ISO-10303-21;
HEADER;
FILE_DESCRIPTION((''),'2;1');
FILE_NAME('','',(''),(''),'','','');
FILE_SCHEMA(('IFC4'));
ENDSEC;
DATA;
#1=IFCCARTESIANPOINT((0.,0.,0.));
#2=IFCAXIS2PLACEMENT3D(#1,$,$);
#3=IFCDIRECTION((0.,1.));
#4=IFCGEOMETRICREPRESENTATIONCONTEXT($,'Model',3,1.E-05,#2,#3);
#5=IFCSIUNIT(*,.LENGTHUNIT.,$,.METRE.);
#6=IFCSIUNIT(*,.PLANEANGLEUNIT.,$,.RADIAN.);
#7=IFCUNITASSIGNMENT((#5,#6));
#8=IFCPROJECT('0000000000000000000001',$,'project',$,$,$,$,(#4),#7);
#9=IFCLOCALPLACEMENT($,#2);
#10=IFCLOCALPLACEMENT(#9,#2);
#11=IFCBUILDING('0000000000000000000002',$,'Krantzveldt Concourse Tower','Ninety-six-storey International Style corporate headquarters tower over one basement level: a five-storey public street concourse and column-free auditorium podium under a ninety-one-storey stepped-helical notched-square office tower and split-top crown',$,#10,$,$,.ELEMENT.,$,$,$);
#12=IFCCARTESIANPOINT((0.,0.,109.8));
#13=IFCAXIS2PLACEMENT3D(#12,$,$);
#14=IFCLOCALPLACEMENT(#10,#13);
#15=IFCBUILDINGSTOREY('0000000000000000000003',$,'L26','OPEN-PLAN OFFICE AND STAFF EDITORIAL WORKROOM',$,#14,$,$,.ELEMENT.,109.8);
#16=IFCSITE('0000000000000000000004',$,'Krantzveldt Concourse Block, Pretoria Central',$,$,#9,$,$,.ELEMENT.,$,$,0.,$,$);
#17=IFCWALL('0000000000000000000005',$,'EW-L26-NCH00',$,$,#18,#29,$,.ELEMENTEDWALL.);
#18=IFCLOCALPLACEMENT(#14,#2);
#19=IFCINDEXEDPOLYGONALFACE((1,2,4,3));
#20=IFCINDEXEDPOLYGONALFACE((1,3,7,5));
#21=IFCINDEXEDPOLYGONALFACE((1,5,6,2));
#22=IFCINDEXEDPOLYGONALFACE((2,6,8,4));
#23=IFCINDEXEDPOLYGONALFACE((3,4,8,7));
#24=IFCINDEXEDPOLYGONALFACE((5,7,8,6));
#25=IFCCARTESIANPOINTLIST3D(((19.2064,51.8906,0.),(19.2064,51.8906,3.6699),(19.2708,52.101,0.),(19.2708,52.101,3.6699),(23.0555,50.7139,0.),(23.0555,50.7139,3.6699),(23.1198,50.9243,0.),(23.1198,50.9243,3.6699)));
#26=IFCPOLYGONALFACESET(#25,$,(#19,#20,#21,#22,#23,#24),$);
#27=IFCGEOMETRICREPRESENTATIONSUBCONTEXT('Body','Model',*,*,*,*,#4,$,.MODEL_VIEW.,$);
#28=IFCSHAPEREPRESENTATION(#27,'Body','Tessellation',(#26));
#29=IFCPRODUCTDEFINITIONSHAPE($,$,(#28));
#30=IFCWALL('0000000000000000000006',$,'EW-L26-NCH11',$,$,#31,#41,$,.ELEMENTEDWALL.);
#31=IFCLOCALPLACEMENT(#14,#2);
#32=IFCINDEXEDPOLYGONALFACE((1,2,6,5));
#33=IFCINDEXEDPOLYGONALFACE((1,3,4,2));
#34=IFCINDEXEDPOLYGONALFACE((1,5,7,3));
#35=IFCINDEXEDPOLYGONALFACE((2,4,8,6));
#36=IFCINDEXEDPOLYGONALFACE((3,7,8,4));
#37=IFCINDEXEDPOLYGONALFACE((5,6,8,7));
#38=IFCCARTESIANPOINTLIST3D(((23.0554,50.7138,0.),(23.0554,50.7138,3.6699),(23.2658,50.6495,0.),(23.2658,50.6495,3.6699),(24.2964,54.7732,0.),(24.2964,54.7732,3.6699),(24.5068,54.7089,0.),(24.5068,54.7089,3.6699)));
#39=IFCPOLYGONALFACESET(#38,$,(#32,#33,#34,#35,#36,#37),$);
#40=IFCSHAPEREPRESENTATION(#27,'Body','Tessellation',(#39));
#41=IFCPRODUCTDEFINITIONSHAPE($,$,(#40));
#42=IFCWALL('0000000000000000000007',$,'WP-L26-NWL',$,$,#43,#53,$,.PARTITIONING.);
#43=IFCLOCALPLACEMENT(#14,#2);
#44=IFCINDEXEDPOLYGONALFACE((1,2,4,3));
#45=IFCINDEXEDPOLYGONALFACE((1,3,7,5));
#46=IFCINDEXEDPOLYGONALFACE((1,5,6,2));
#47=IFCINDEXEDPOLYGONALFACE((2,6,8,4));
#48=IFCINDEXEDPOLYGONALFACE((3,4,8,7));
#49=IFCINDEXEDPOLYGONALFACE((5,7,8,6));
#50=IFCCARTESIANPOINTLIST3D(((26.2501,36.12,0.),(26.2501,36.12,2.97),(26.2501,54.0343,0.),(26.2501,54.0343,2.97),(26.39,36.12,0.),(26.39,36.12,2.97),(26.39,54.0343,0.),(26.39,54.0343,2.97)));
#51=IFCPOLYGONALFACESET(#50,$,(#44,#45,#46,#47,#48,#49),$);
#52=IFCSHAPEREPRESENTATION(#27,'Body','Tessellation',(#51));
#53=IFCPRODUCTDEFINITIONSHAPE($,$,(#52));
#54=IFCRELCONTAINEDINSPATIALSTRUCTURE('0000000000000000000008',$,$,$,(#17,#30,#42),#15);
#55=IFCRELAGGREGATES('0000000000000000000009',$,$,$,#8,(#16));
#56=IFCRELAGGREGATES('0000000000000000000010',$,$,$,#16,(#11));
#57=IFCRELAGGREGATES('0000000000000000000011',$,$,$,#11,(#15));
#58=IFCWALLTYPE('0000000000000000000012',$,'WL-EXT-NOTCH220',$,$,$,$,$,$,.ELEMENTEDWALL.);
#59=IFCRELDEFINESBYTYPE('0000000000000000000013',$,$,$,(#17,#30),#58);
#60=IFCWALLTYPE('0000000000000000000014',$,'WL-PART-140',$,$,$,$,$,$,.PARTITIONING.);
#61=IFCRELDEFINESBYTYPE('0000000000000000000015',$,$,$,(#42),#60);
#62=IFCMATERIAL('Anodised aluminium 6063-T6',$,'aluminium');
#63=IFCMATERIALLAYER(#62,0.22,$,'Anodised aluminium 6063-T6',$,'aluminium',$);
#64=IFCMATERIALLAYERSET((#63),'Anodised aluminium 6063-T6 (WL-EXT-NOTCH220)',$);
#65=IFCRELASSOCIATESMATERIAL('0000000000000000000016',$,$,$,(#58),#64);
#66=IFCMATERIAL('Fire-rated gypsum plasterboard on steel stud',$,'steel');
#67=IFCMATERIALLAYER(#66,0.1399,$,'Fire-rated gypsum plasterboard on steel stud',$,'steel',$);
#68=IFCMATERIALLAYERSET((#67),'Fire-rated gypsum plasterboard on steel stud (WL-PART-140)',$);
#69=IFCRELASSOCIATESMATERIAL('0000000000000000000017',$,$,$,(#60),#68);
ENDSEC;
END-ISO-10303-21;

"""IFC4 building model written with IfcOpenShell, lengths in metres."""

from ifc_helpers import new_model, si_unit, direction, frame, frame_2d, origin, place, context, subcontext, project, spatial, rectangle, extrude, material, layer, layer_set, type_object, element, save


model = new_model("IFC4")

# Units and contexts
model_context = context("Model", 3, precision=1e-05, world=origin(), true_north=direction((0.0, 1.0)))
body_context = subcontext(model_context, "Body", "Model", "MODEL_VIEW")
ifc_project = project(units=[si_unit("LENGTHUNIT", "METRE"), si_unit("PLANEANGLEUNIT", "RADIAN")], contexts=[model_context])

# Site, building, storey
site_placement = place(None, origin())
site = spatial("IfcSite", under=ifc_project, at=site_placement, Name="Krantzveldt Concourse Block, Pretoria Central", CompositionType="ELEMENT", RefElevation=0.0)
building_placement = place(site_placement, origin())
building = spatial("IfcBuilding", under=site, at=building_placement, Name="Krantzveldt Concourse Tower", Description="Ninety-six-storey International Style corporate headquarters tower over one basement level: a five-storey public street concourse and column-free auditorium podium under a ninety-one-storey stepped-helical notched-square office tower and split-top crown", CompositionType="ELEMENT")
storey_placement = place(building_placement, frame((0.0, 0.0, 109.8)))
storey = spatial("IfcBuildingStorey", under=building, at=storey_placement, Name="L26", Description="OPEN-PLAN OFFICE AND STAFF EDITORIAL WORKROOM", CompositionType="ELEMENT", Elevation=109.8)

# Shared definitions
ifc_material_1 = material(Name="Anodised aluminium 6063-T6", Category="aluminium")

# Walls
ifc_layer_1 = layer(ifc_material_1, 0.22, Name="Anodised aluminium 6063-T6", Category="aluminium")
ifc_layer_set_1 = layer_set([ifc_layer_1], Name="Anodised aluminium 6063-T6 (WL-EXT-NOTCH220)")
wall_type_1 = type_object("IfcWallType", Name="WL-EXT-NOTCH220", PredefinedType="ELEMENTEDWALL", material=ifc_layer_set_1)
wall_1_placement = place(storey_placement, frame((23.0876, 50.8191, 0.0), z_axis=(0.0, 0.0, 1.0), x_axis=(-0.956307, 0.292363, 0.0)))
element("IfcWall", 1, at=wall_1_placement, inside=storey, type_object=wall_type_1, Name="EW-L26-NCH00", PredefinedType="ELEMENTEDWALL", context=body_context, shape_type="SweptSolid", body=[
    extrude(rectangle(XDim=4.0249, YDim=0.22, at=frame_2d((2.0125, 0.0))), origin(), (0.0, 0.0, 1.0), 3.6699),
])
wall_2_placement = place(storey_placement, frame((24.4016, 54.7412, 0.0), z_axis=(0.0, 0.0, 1.0), x_axis=(-0.292352, -0.956311, 0.0)))
element("IfcWall", 2, at=wall_2_placement, inside=storey, type_object=wall_type_1, Name="EW-L26-NCH11", PredefinedType="ELEMENTEDWALL", context=body_context, shape_type="SweptSolid", body=[
    extrude(rectangle(XDim=4.2449, YDim=0.22, at=frame_2d((2.1226, 0.0))), origin(), (0.0, 0.0, 1.0), 3.6699),
])
ifc_material_2 = material(Name="Fire-rated gypsum plasterboard on steel stud", Category="steel")
ifc_layer_2 = layer(ifc_material_2, 0.1399, Name="Fire-rated gypsum plasterboard on steel stud", Category="steel")
ifc_layer_set_2 = layer_set([ifc_layer_2], Name="Fire-rated gypsum plasterboard on steel stud (WL-PART-140)")
wall_type_2 = type_object("IfcWallType", Name="WL-PART-140", PredefinedType="PARTITIONING", material=ifc_layer_set_2)
wall_3_placement = place(storey_placement, frame((26.3201, 36.1201, 0.0), z_axis=(0.0, 0.0, 1.0), x_axis=(0.0, 1.0, 0.0)))
element("IfcWall", 3, at=wall_3_placement, inside=storey, type_object=wall_type_2, Name="WP-L26-NWL", PredefinedType="PARTITIONING", context=body_context, shape_type="SweptSolid", body=[
    extrude(rectangle(XDim=17.9143, YDim=0.1399, at=frame_2d((8.957, 0.0))), origin(), (0.0, 0.0, 1.0), 2.97),
])

save(model, "model.ifc")
